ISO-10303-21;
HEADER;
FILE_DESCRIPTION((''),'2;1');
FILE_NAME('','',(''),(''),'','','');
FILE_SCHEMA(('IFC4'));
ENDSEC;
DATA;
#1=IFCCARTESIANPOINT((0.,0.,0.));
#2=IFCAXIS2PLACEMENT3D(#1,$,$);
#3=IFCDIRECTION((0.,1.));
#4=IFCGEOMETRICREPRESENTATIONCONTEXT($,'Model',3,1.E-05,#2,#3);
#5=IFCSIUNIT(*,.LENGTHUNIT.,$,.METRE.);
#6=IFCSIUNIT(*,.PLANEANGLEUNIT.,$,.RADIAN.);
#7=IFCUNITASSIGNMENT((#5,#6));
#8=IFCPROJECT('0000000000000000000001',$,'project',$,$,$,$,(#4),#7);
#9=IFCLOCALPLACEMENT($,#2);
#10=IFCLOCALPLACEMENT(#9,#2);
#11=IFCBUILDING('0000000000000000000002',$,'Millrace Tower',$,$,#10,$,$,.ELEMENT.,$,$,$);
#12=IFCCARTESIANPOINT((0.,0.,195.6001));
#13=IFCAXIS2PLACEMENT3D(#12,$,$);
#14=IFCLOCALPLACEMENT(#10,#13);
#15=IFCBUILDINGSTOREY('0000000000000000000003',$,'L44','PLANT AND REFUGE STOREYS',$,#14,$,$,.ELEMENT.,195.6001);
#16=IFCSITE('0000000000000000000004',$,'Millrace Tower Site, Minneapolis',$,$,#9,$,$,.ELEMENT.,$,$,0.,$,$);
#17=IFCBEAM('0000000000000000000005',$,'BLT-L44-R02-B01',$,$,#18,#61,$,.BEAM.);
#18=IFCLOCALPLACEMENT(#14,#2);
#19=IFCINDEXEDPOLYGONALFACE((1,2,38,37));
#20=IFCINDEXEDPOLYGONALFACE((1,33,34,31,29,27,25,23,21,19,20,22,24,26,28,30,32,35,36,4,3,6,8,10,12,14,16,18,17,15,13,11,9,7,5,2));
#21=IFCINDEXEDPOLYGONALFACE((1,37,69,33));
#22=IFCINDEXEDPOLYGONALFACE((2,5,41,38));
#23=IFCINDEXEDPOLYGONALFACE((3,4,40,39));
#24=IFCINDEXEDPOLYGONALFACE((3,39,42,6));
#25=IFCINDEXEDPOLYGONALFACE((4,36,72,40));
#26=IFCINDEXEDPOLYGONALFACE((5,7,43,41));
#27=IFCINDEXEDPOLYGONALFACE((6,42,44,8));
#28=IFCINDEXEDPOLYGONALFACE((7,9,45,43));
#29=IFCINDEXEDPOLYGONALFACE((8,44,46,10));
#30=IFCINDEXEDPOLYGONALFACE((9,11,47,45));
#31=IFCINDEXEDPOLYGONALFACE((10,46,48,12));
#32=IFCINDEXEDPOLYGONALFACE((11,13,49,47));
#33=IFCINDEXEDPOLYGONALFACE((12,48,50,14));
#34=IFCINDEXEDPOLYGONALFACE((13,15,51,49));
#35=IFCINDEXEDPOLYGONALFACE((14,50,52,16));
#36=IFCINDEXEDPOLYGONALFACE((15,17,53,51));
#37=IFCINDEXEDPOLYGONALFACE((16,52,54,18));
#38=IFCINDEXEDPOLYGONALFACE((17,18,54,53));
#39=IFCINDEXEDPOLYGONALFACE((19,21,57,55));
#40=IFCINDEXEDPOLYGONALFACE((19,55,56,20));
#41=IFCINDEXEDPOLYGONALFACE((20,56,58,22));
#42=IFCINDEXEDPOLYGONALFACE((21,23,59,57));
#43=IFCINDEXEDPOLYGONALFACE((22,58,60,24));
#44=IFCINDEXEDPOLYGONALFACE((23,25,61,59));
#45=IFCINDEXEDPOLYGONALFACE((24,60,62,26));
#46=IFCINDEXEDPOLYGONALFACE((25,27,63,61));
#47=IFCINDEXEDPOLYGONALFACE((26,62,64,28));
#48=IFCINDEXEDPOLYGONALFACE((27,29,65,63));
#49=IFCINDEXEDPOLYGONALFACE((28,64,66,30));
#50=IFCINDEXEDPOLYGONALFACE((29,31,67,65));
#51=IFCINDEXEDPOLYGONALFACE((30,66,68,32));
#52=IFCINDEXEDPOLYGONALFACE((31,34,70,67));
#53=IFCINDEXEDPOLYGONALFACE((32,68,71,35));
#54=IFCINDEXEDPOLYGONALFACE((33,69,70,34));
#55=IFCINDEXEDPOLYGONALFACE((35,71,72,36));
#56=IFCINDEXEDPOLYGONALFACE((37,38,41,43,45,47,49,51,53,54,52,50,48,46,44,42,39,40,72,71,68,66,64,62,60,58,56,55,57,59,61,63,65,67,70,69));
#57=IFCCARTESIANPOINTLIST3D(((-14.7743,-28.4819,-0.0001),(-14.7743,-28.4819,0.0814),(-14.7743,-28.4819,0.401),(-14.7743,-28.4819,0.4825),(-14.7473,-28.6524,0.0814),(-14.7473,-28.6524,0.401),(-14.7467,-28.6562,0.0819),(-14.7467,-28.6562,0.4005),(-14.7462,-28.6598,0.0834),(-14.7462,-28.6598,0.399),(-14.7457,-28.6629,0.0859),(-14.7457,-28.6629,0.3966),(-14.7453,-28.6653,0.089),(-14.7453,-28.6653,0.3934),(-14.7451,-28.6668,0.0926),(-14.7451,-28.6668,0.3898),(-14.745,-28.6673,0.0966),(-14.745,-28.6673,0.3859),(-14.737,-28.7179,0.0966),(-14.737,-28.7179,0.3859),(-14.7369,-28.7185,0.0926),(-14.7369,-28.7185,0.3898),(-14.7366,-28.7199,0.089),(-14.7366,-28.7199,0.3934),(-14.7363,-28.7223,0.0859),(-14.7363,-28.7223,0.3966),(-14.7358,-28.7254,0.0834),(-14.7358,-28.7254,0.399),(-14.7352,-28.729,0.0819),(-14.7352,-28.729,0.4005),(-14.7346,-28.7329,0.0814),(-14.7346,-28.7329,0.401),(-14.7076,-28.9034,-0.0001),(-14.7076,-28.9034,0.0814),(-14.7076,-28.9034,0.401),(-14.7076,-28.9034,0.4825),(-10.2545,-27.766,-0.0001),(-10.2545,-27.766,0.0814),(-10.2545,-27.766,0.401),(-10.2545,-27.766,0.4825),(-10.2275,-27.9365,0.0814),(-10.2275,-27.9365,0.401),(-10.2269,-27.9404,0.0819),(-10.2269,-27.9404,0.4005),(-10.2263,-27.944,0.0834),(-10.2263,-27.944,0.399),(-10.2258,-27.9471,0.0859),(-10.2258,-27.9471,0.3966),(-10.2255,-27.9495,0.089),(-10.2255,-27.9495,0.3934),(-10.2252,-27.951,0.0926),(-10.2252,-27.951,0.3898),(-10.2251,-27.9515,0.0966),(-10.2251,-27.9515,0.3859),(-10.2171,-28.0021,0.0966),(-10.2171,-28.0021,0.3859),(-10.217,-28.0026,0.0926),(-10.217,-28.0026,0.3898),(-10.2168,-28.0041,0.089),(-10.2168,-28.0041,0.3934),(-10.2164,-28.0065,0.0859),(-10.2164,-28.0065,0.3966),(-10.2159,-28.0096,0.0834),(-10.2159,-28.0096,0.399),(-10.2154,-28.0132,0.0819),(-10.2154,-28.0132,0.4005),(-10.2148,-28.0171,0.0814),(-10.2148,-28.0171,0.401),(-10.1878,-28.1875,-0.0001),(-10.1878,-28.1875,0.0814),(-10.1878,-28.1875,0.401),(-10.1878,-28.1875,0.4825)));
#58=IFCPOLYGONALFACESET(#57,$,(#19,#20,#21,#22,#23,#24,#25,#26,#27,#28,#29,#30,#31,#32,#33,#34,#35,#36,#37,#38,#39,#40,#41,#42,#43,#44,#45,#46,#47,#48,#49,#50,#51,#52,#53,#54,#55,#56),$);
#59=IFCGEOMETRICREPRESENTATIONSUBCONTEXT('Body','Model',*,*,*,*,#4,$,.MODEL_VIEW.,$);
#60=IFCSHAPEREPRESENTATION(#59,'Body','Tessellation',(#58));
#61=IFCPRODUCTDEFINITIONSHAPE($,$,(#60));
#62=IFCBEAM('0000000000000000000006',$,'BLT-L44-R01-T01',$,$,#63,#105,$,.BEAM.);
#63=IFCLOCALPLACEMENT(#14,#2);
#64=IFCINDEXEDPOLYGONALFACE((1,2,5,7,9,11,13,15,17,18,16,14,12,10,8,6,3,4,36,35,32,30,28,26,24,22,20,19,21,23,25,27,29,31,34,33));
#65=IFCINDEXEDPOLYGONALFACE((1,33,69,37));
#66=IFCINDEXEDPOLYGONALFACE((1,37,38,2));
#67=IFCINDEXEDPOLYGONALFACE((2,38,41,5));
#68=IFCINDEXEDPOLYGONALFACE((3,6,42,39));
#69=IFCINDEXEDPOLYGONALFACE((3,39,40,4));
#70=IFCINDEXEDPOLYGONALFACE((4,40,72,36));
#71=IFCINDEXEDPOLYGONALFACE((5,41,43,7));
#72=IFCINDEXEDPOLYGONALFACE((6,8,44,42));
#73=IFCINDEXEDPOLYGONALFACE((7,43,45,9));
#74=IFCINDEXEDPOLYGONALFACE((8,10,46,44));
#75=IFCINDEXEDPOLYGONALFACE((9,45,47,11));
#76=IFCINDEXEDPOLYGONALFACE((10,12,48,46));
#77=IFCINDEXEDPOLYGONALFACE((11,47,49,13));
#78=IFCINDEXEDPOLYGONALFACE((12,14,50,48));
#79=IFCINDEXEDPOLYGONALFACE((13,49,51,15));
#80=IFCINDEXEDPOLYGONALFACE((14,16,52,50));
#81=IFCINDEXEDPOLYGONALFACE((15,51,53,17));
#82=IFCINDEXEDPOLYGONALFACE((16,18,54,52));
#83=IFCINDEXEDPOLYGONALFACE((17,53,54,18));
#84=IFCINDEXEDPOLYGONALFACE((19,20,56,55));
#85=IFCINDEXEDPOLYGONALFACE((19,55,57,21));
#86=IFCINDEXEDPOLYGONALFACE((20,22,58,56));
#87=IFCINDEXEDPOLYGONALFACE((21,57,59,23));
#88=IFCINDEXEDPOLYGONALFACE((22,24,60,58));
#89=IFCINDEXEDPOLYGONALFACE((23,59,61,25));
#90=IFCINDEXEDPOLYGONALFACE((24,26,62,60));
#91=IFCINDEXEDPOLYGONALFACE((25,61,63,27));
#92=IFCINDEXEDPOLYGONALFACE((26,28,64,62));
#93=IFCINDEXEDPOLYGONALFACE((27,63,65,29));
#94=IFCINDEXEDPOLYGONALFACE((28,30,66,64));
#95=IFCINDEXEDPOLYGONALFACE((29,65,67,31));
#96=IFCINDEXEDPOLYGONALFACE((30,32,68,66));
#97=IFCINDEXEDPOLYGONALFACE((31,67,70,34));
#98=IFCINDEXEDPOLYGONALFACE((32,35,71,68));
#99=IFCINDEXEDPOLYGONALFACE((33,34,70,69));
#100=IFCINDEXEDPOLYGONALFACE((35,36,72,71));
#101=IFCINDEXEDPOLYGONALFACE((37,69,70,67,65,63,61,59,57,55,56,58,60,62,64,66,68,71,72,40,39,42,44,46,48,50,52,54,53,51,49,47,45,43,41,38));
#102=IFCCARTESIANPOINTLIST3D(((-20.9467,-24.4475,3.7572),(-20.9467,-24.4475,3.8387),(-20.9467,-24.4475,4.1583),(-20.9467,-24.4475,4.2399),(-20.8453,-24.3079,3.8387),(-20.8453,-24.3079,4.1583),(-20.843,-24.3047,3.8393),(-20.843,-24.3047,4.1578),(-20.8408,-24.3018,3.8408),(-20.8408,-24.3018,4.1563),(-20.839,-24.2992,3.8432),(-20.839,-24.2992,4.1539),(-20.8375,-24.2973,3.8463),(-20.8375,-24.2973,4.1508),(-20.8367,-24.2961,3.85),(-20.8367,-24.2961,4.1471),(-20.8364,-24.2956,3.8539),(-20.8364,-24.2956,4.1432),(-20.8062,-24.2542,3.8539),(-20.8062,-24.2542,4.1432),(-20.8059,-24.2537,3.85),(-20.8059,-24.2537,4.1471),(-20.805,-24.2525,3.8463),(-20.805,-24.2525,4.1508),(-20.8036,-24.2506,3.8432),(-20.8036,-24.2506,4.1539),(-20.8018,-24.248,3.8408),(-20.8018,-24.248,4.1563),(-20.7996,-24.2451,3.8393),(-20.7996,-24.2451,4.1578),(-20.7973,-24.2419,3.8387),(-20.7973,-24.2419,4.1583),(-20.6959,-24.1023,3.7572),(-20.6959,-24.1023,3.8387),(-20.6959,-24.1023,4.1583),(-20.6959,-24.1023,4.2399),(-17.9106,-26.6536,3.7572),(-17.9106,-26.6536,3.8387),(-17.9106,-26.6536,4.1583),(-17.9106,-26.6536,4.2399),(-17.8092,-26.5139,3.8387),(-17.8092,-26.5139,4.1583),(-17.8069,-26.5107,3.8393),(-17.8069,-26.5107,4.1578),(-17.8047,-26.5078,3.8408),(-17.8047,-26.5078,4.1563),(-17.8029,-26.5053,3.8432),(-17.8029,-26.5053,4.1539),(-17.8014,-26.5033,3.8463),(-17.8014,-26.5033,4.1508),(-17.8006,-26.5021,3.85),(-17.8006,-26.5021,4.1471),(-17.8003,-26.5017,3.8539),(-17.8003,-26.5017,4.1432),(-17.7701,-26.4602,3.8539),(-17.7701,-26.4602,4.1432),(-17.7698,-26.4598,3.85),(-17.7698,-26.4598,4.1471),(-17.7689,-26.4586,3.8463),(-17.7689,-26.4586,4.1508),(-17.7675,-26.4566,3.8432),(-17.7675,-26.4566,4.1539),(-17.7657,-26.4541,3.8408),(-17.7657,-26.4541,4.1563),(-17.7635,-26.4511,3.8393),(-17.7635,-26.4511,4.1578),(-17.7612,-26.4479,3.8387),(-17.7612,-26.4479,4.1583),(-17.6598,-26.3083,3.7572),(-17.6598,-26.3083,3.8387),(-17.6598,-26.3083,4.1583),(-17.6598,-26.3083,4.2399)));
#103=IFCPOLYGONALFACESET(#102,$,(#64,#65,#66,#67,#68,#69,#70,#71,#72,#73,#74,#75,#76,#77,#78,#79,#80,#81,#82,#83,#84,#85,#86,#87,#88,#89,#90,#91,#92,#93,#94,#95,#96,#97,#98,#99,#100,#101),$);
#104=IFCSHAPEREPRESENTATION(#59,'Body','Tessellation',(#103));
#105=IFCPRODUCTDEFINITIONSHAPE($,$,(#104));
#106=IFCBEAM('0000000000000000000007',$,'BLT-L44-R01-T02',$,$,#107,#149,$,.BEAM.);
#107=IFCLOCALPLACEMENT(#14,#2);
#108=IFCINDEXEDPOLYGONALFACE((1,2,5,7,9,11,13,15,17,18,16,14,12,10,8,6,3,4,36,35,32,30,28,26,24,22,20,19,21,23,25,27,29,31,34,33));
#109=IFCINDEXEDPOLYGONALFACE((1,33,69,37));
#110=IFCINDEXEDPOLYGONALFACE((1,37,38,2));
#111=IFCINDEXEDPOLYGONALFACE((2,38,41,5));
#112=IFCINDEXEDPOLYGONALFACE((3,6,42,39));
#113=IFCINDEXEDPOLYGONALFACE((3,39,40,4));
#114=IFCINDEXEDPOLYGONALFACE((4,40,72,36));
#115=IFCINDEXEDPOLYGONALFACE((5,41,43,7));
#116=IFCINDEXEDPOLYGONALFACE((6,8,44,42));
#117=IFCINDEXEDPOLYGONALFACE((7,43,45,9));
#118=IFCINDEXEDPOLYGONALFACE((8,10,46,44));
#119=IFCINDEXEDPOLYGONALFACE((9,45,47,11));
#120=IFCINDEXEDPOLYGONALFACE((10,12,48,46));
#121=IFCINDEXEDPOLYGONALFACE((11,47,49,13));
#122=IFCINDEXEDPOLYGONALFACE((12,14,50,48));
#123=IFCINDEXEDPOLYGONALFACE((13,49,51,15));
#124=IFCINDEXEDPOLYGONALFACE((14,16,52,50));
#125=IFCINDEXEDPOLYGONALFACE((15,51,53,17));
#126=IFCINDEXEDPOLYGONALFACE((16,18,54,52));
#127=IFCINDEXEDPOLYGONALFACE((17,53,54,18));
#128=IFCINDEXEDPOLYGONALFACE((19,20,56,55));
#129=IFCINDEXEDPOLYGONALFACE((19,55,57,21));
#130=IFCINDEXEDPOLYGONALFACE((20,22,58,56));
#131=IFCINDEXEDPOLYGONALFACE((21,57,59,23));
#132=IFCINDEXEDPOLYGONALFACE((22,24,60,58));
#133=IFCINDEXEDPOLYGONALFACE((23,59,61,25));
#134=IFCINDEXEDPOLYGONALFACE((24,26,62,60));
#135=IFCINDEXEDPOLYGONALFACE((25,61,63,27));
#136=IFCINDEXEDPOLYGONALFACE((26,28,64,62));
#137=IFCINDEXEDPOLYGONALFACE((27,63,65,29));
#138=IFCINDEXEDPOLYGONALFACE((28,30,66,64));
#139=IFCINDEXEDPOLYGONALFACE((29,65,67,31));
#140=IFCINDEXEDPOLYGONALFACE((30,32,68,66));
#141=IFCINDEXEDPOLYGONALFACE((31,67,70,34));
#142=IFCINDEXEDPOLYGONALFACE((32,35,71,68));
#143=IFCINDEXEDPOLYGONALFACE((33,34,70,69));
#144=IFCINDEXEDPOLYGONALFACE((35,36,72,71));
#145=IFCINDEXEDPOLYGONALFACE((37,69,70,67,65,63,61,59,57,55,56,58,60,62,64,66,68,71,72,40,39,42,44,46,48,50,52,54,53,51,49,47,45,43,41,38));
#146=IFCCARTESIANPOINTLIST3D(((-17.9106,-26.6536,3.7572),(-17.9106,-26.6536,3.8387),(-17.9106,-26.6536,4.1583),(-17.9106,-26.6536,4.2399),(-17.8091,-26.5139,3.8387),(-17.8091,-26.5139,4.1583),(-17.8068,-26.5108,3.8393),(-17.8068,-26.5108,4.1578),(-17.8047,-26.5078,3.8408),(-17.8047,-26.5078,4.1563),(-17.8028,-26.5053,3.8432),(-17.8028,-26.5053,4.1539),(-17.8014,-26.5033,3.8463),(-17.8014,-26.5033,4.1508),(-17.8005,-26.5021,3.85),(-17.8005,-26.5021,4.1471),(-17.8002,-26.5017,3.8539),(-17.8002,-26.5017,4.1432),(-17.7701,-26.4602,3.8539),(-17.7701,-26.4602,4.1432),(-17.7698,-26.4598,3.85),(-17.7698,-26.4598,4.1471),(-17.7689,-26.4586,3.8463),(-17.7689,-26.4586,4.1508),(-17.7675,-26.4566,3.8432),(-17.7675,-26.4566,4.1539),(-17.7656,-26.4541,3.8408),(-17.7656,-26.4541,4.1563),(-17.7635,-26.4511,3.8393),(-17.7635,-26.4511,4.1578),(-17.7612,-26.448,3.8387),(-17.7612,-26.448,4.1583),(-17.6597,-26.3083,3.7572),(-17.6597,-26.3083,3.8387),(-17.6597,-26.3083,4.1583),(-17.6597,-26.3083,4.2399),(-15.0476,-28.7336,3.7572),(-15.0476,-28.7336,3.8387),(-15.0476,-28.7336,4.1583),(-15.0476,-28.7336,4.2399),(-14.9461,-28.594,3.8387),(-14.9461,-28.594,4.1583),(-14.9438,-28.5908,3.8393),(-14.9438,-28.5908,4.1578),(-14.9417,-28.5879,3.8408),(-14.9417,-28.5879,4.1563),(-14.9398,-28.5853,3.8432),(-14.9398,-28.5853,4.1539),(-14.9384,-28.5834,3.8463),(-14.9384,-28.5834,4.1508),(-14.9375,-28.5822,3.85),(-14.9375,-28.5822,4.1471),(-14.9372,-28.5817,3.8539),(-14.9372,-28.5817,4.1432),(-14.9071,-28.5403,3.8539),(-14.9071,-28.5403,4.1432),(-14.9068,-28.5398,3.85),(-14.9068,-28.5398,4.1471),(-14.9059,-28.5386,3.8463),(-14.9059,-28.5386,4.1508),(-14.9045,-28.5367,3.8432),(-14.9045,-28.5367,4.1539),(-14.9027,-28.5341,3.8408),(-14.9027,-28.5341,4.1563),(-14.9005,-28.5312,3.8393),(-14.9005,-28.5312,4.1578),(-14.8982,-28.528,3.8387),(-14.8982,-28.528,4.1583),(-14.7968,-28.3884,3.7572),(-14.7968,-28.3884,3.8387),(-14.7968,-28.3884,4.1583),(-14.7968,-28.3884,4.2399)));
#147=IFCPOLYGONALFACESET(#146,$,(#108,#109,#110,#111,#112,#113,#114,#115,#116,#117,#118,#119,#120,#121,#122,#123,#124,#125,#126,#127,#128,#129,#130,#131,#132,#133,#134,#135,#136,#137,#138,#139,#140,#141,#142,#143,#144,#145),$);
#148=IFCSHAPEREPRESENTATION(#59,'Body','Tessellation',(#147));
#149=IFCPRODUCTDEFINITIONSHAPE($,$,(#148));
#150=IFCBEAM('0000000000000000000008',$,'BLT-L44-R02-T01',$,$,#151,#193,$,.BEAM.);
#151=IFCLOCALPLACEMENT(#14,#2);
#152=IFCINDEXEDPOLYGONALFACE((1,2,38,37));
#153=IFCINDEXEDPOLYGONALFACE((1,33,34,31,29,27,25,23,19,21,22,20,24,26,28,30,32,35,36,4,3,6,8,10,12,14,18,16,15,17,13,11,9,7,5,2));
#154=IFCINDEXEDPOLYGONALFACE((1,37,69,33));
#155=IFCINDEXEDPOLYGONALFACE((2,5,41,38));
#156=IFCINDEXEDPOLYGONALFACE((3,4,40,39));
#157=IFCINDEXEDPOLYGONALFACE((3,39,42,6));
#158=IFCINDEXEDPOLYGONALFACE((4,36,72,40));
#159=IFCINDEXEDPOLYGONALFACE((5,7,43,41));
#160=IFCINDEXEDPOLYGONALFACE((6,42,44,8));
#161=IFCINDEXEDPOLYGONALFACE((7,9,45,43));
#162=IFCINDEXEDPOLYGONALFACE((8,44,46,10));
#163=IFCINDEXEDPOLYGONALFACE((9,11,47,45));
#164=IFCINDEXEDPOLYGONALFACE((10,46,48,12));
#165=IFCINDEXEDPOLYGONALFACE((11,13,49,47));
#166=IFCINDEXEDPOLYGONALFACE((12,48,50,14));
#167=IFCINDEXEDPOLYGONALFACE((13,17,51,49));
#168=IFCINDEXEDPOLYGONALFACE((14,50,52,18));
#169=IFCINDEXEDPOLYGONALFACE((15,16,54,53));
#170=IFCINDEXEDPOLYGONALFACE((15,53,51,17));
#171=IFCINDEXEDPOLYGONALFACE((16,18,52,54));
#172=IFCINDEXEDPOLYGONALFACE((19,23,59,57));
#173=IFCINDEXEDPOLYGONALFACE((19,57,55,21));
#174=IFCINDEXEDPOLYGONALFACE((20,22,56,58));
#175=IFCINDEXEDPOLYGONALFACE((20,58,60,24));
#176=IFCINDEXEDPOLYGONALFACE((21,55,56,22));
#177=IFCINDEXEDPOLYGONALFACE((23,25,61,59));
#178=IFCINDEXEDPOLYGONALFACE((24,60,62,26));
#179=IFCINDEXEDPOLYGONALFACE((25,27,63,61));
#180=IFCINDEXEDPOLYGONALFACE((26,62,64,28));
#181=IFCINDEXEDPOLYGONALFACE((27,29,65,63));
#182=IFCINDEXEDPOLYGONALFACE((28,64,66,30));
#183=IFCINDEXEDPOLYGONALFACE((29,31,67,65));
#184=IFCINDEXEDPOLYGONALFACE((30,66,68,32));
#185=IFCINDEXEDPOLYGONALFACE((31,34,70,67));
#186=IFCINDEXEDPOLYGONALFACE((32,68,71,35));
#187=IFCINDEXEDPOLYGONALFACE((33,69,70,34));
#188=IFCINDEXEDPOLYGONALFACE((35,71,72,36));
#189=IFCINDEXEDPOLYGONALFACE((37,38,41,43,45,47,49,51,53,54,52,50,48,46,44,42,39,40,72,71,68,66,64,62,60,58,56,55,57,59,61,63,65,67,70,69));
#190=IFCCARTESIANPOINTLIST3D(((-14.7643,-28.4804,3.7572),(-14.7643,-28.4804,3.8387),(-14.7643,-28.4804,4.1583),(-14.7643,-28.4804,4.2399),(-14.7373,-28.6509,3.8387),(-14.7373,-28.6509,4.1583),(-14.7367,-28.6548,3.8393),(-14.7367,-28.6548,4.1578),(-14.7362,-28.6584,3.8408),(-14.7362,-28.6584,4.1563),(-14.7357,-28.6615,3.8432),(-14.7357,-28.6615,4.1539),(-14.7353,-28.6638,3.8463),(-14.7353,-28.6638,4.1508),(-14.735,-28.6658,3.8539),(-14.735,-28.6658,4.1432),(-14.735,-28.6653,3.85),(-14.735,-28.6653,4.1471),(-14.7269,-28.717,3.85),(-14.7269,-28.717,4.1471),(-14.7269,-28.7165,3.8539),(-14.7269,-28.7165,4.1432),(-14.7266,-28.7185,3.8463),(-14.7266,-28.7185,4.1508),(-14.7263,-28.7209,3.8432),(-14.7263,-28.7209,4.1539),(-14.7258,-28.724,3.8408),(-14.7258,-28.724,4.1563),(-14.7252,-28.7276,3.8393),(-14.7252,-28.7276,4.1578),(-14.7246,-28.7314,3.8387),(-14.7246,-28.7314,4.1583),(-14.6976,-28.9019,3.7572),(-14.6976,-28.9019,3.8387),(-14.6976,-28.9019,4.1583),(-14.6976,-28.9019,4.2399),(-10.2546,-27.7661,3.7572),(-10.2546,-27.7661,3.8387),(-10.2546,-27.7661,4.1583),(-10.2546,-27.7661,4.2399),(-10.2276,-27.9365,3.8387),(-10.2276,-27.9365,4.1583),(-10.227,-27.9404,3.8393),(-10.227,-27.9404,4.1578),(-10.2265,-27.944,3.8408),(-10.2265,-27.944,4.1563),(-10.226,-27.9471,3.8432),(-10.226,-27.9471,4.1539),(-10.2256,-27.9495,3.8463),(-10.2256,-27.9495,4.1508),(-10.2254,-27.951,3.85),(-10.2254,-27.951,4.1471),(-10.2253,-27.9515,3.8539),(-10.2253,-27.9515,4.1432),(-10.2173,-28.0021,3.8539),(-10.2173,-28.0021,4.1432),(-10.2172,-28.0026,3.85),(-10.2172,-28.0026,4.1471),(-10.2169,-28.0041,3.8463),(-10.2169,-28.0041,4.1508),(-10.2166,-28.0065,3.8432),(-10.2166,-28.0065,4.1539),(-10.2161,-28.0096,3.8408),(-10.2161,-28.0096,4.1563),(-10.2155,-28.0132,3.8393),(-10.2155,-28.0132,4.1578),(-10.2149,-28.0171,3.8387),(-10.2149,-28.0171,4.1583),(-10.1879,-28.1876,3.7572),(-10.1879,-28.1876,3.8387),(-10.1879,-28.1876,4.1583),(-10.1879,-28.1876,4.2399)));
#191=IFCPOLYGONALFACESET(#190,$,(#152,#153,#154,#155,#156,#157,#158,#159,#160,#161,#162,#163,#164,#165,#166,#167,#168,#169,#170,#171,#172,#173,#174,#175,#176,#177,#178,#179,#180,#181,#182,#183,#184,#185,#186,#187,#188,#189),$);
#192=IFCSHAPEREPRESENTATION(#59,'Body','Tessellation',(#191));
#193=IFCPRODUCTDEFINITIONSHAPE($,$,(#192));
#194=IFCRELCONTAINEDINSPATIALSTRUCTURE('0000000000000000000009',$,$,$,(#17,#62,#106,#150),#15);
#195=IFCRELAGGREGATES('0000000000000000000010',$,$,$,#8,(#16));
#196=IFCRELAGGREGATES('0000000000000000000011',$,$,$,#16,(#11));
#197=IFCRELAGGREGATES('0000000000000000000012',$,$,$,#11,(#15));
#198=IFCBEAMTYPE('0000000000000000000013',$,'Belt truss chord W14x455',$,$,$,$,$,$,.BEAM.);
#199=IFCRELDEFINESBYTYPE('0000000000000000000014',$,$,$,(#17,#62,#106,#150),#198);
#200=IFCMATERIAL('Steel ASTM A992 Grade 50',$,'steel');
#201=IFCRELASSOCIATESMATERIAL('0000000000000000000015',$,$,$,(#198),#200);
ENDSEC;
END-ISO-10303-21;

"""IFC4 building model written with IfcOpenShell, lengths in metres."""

from ifc_helpers import new_model, si_unit, direction, frame, origin, origin_2d, place, context, subcontext, project, spatial, i_section, extrude, material, material_profile, profile_set, type_object, element, save


model = new_model("IFC4")

# Units and contexts
model_context = context("Model", 3, precision=1e-05, world=origin(), true_north=direction((0.0, 1.0)))
body_context = subcontext(model_context, "Body", "Model", "MODEL_VIEW")
ifc_project = project(units=[si_unit("LENGTHUNIT", "METRE"), si_unit("PLANEANGLEUNIT", "RADIAN")], contexts=[model_context])

# Site, building, storey
site_placement = place(None, origin())
site = spatial("IfcSite", under=ifc_project, at=site_placement, Name="Millrace Tower Site, Minneapolis", CompositionType="ELEMENT", RefElevation=0.0)
building_placement = place(site_placement, origin())
building = spatial("IfcBuilding", under=site, at=building_placement, Name="Millrace Tower", CompositionType="ELEMENT")
storey_placement = place(building_placement, frame((0.0, 0.0, 195.6001)))
storey = spatial("IfcBuildingStorey", under=building, at=storey_placement, Name="L44", Description="PLANT AND REFUGE STOREYS", CompositionType="ELEMENT", Elevation=195.6001)

# Beams
ifc_material_1 = material(Name="Steel ASTM A992 Grade 50", Category="steel")
ifc_material_profile_1 = material_profile(ifc_material_1, i_section(OverallWidth=0.4268, OverallDepth=0.4827, WebThickness=0.0513, FlangeThickness=0.0815, FilletRadius=0.0151, at=origin_2d()))
ifc_profile_set_1 = profile_set([ifc_material_profile_1], Name="Steel ASTM A992 Grade 50")
beam_type_1 = type_object("IfcBeamType", Name="Belt truss chord W14x455", PredefinedType="BEAM", material=ifc_profile_set_1)
beam_1_placement = place(storey_placement, frame((-14.741, -28.6926, 0.2412), z_axis=(0.98769, 0.156426, 0.0), x_axis=(-0.156426, 0.98769, 0.0)))
element("IfcBeam", 1, at=beam_1_placement, inside=storey, type_object=beam_type_1, Name="BLT-L44-R02-B01", PredefinedType="BEAM", context=body_context, shape_type="SweptSolid", body=[
    extrude(i_section(OverallWidth=0.4268, OverallDepth=0.4827, WebThickness=0.0513, FlangeThickness=0.0815, FilletRadius=0.0151, at=origin_2d()), origin(), (0.0, 0.0, 1.0), 4.5762),
])
beam_2_placement = place(storey_placement, frame((-20.8213, -24.2749, 3.9985), z_axis=(0.808995, -0.587816, 0.0), x_axis=(0.587816, 0.808995, 0.0)))
element("IfcBeam", 2, at=beam_2_placement, inside=storey, type_object=beam_type_1, Name="BLT-L44-R01-T01", PredefinedType="BEAM", context=body_context, shape_type="SweptSolid", body=[
    extrude(i_section(OverallWidth=0.4268, OverallDepth=0.4827, WebThickness=0.0513, FlangeThickness=0.0815, FilletRadius=0.0151, at=origin_2d()), origin(), (0.0, 0.0, 1.0), 3.7529),
])
beam_3_placement = place(storey_placement, frame((-17.7852, -26.481, 3.9985), z_axis=(0.809022, -0.587778, 0.0), x_axis=(0.587778, 0.809022, 0.0)))
element("IfcBeam", 3, at=beam_3_placement, inside=storey, type_object=beam_type_1, Name="BLT-L44-R01-T02", PredefinedType="BEAM", context=body_context, shape_type="SweptSolid", body=[
    extrude(i_section(OverallWidth=0.4268, OverallDepth=0.4827, WebThickness=0.0513, FlangeThickness=0.0815, FilletRadius=0.0151, at=origin_2d()), origin(), (0.0, 0.0, 1.0), 3.5388),
])
beam_4_placement = place(storey_placement, frame((-14.731, -28.6912, 3.9985), z_axis=(0.987686, 0.156451, 0.0), x_axis=(-0.156451, 0.987686, 0.0)))
element("IfcBeam", 4, at=beam_4_placement, inside=storey, type_object=beam_type_1, Name="BLT-L44-R02-T01", PredefinedType="BEAM", context=body_context, shape_type="SweptSolid", body=[
    extrude(i_section(OverallWidth=0.4268, OverallDepth=0.4827, WebThickness=0.0513, FlangeThickness=0.0815, FilletRadius=0.0151, at=origin_2d()), origin(), (0.0, 0.0, 1.0), 4.5659),
])

save(model, "model.ifc")
